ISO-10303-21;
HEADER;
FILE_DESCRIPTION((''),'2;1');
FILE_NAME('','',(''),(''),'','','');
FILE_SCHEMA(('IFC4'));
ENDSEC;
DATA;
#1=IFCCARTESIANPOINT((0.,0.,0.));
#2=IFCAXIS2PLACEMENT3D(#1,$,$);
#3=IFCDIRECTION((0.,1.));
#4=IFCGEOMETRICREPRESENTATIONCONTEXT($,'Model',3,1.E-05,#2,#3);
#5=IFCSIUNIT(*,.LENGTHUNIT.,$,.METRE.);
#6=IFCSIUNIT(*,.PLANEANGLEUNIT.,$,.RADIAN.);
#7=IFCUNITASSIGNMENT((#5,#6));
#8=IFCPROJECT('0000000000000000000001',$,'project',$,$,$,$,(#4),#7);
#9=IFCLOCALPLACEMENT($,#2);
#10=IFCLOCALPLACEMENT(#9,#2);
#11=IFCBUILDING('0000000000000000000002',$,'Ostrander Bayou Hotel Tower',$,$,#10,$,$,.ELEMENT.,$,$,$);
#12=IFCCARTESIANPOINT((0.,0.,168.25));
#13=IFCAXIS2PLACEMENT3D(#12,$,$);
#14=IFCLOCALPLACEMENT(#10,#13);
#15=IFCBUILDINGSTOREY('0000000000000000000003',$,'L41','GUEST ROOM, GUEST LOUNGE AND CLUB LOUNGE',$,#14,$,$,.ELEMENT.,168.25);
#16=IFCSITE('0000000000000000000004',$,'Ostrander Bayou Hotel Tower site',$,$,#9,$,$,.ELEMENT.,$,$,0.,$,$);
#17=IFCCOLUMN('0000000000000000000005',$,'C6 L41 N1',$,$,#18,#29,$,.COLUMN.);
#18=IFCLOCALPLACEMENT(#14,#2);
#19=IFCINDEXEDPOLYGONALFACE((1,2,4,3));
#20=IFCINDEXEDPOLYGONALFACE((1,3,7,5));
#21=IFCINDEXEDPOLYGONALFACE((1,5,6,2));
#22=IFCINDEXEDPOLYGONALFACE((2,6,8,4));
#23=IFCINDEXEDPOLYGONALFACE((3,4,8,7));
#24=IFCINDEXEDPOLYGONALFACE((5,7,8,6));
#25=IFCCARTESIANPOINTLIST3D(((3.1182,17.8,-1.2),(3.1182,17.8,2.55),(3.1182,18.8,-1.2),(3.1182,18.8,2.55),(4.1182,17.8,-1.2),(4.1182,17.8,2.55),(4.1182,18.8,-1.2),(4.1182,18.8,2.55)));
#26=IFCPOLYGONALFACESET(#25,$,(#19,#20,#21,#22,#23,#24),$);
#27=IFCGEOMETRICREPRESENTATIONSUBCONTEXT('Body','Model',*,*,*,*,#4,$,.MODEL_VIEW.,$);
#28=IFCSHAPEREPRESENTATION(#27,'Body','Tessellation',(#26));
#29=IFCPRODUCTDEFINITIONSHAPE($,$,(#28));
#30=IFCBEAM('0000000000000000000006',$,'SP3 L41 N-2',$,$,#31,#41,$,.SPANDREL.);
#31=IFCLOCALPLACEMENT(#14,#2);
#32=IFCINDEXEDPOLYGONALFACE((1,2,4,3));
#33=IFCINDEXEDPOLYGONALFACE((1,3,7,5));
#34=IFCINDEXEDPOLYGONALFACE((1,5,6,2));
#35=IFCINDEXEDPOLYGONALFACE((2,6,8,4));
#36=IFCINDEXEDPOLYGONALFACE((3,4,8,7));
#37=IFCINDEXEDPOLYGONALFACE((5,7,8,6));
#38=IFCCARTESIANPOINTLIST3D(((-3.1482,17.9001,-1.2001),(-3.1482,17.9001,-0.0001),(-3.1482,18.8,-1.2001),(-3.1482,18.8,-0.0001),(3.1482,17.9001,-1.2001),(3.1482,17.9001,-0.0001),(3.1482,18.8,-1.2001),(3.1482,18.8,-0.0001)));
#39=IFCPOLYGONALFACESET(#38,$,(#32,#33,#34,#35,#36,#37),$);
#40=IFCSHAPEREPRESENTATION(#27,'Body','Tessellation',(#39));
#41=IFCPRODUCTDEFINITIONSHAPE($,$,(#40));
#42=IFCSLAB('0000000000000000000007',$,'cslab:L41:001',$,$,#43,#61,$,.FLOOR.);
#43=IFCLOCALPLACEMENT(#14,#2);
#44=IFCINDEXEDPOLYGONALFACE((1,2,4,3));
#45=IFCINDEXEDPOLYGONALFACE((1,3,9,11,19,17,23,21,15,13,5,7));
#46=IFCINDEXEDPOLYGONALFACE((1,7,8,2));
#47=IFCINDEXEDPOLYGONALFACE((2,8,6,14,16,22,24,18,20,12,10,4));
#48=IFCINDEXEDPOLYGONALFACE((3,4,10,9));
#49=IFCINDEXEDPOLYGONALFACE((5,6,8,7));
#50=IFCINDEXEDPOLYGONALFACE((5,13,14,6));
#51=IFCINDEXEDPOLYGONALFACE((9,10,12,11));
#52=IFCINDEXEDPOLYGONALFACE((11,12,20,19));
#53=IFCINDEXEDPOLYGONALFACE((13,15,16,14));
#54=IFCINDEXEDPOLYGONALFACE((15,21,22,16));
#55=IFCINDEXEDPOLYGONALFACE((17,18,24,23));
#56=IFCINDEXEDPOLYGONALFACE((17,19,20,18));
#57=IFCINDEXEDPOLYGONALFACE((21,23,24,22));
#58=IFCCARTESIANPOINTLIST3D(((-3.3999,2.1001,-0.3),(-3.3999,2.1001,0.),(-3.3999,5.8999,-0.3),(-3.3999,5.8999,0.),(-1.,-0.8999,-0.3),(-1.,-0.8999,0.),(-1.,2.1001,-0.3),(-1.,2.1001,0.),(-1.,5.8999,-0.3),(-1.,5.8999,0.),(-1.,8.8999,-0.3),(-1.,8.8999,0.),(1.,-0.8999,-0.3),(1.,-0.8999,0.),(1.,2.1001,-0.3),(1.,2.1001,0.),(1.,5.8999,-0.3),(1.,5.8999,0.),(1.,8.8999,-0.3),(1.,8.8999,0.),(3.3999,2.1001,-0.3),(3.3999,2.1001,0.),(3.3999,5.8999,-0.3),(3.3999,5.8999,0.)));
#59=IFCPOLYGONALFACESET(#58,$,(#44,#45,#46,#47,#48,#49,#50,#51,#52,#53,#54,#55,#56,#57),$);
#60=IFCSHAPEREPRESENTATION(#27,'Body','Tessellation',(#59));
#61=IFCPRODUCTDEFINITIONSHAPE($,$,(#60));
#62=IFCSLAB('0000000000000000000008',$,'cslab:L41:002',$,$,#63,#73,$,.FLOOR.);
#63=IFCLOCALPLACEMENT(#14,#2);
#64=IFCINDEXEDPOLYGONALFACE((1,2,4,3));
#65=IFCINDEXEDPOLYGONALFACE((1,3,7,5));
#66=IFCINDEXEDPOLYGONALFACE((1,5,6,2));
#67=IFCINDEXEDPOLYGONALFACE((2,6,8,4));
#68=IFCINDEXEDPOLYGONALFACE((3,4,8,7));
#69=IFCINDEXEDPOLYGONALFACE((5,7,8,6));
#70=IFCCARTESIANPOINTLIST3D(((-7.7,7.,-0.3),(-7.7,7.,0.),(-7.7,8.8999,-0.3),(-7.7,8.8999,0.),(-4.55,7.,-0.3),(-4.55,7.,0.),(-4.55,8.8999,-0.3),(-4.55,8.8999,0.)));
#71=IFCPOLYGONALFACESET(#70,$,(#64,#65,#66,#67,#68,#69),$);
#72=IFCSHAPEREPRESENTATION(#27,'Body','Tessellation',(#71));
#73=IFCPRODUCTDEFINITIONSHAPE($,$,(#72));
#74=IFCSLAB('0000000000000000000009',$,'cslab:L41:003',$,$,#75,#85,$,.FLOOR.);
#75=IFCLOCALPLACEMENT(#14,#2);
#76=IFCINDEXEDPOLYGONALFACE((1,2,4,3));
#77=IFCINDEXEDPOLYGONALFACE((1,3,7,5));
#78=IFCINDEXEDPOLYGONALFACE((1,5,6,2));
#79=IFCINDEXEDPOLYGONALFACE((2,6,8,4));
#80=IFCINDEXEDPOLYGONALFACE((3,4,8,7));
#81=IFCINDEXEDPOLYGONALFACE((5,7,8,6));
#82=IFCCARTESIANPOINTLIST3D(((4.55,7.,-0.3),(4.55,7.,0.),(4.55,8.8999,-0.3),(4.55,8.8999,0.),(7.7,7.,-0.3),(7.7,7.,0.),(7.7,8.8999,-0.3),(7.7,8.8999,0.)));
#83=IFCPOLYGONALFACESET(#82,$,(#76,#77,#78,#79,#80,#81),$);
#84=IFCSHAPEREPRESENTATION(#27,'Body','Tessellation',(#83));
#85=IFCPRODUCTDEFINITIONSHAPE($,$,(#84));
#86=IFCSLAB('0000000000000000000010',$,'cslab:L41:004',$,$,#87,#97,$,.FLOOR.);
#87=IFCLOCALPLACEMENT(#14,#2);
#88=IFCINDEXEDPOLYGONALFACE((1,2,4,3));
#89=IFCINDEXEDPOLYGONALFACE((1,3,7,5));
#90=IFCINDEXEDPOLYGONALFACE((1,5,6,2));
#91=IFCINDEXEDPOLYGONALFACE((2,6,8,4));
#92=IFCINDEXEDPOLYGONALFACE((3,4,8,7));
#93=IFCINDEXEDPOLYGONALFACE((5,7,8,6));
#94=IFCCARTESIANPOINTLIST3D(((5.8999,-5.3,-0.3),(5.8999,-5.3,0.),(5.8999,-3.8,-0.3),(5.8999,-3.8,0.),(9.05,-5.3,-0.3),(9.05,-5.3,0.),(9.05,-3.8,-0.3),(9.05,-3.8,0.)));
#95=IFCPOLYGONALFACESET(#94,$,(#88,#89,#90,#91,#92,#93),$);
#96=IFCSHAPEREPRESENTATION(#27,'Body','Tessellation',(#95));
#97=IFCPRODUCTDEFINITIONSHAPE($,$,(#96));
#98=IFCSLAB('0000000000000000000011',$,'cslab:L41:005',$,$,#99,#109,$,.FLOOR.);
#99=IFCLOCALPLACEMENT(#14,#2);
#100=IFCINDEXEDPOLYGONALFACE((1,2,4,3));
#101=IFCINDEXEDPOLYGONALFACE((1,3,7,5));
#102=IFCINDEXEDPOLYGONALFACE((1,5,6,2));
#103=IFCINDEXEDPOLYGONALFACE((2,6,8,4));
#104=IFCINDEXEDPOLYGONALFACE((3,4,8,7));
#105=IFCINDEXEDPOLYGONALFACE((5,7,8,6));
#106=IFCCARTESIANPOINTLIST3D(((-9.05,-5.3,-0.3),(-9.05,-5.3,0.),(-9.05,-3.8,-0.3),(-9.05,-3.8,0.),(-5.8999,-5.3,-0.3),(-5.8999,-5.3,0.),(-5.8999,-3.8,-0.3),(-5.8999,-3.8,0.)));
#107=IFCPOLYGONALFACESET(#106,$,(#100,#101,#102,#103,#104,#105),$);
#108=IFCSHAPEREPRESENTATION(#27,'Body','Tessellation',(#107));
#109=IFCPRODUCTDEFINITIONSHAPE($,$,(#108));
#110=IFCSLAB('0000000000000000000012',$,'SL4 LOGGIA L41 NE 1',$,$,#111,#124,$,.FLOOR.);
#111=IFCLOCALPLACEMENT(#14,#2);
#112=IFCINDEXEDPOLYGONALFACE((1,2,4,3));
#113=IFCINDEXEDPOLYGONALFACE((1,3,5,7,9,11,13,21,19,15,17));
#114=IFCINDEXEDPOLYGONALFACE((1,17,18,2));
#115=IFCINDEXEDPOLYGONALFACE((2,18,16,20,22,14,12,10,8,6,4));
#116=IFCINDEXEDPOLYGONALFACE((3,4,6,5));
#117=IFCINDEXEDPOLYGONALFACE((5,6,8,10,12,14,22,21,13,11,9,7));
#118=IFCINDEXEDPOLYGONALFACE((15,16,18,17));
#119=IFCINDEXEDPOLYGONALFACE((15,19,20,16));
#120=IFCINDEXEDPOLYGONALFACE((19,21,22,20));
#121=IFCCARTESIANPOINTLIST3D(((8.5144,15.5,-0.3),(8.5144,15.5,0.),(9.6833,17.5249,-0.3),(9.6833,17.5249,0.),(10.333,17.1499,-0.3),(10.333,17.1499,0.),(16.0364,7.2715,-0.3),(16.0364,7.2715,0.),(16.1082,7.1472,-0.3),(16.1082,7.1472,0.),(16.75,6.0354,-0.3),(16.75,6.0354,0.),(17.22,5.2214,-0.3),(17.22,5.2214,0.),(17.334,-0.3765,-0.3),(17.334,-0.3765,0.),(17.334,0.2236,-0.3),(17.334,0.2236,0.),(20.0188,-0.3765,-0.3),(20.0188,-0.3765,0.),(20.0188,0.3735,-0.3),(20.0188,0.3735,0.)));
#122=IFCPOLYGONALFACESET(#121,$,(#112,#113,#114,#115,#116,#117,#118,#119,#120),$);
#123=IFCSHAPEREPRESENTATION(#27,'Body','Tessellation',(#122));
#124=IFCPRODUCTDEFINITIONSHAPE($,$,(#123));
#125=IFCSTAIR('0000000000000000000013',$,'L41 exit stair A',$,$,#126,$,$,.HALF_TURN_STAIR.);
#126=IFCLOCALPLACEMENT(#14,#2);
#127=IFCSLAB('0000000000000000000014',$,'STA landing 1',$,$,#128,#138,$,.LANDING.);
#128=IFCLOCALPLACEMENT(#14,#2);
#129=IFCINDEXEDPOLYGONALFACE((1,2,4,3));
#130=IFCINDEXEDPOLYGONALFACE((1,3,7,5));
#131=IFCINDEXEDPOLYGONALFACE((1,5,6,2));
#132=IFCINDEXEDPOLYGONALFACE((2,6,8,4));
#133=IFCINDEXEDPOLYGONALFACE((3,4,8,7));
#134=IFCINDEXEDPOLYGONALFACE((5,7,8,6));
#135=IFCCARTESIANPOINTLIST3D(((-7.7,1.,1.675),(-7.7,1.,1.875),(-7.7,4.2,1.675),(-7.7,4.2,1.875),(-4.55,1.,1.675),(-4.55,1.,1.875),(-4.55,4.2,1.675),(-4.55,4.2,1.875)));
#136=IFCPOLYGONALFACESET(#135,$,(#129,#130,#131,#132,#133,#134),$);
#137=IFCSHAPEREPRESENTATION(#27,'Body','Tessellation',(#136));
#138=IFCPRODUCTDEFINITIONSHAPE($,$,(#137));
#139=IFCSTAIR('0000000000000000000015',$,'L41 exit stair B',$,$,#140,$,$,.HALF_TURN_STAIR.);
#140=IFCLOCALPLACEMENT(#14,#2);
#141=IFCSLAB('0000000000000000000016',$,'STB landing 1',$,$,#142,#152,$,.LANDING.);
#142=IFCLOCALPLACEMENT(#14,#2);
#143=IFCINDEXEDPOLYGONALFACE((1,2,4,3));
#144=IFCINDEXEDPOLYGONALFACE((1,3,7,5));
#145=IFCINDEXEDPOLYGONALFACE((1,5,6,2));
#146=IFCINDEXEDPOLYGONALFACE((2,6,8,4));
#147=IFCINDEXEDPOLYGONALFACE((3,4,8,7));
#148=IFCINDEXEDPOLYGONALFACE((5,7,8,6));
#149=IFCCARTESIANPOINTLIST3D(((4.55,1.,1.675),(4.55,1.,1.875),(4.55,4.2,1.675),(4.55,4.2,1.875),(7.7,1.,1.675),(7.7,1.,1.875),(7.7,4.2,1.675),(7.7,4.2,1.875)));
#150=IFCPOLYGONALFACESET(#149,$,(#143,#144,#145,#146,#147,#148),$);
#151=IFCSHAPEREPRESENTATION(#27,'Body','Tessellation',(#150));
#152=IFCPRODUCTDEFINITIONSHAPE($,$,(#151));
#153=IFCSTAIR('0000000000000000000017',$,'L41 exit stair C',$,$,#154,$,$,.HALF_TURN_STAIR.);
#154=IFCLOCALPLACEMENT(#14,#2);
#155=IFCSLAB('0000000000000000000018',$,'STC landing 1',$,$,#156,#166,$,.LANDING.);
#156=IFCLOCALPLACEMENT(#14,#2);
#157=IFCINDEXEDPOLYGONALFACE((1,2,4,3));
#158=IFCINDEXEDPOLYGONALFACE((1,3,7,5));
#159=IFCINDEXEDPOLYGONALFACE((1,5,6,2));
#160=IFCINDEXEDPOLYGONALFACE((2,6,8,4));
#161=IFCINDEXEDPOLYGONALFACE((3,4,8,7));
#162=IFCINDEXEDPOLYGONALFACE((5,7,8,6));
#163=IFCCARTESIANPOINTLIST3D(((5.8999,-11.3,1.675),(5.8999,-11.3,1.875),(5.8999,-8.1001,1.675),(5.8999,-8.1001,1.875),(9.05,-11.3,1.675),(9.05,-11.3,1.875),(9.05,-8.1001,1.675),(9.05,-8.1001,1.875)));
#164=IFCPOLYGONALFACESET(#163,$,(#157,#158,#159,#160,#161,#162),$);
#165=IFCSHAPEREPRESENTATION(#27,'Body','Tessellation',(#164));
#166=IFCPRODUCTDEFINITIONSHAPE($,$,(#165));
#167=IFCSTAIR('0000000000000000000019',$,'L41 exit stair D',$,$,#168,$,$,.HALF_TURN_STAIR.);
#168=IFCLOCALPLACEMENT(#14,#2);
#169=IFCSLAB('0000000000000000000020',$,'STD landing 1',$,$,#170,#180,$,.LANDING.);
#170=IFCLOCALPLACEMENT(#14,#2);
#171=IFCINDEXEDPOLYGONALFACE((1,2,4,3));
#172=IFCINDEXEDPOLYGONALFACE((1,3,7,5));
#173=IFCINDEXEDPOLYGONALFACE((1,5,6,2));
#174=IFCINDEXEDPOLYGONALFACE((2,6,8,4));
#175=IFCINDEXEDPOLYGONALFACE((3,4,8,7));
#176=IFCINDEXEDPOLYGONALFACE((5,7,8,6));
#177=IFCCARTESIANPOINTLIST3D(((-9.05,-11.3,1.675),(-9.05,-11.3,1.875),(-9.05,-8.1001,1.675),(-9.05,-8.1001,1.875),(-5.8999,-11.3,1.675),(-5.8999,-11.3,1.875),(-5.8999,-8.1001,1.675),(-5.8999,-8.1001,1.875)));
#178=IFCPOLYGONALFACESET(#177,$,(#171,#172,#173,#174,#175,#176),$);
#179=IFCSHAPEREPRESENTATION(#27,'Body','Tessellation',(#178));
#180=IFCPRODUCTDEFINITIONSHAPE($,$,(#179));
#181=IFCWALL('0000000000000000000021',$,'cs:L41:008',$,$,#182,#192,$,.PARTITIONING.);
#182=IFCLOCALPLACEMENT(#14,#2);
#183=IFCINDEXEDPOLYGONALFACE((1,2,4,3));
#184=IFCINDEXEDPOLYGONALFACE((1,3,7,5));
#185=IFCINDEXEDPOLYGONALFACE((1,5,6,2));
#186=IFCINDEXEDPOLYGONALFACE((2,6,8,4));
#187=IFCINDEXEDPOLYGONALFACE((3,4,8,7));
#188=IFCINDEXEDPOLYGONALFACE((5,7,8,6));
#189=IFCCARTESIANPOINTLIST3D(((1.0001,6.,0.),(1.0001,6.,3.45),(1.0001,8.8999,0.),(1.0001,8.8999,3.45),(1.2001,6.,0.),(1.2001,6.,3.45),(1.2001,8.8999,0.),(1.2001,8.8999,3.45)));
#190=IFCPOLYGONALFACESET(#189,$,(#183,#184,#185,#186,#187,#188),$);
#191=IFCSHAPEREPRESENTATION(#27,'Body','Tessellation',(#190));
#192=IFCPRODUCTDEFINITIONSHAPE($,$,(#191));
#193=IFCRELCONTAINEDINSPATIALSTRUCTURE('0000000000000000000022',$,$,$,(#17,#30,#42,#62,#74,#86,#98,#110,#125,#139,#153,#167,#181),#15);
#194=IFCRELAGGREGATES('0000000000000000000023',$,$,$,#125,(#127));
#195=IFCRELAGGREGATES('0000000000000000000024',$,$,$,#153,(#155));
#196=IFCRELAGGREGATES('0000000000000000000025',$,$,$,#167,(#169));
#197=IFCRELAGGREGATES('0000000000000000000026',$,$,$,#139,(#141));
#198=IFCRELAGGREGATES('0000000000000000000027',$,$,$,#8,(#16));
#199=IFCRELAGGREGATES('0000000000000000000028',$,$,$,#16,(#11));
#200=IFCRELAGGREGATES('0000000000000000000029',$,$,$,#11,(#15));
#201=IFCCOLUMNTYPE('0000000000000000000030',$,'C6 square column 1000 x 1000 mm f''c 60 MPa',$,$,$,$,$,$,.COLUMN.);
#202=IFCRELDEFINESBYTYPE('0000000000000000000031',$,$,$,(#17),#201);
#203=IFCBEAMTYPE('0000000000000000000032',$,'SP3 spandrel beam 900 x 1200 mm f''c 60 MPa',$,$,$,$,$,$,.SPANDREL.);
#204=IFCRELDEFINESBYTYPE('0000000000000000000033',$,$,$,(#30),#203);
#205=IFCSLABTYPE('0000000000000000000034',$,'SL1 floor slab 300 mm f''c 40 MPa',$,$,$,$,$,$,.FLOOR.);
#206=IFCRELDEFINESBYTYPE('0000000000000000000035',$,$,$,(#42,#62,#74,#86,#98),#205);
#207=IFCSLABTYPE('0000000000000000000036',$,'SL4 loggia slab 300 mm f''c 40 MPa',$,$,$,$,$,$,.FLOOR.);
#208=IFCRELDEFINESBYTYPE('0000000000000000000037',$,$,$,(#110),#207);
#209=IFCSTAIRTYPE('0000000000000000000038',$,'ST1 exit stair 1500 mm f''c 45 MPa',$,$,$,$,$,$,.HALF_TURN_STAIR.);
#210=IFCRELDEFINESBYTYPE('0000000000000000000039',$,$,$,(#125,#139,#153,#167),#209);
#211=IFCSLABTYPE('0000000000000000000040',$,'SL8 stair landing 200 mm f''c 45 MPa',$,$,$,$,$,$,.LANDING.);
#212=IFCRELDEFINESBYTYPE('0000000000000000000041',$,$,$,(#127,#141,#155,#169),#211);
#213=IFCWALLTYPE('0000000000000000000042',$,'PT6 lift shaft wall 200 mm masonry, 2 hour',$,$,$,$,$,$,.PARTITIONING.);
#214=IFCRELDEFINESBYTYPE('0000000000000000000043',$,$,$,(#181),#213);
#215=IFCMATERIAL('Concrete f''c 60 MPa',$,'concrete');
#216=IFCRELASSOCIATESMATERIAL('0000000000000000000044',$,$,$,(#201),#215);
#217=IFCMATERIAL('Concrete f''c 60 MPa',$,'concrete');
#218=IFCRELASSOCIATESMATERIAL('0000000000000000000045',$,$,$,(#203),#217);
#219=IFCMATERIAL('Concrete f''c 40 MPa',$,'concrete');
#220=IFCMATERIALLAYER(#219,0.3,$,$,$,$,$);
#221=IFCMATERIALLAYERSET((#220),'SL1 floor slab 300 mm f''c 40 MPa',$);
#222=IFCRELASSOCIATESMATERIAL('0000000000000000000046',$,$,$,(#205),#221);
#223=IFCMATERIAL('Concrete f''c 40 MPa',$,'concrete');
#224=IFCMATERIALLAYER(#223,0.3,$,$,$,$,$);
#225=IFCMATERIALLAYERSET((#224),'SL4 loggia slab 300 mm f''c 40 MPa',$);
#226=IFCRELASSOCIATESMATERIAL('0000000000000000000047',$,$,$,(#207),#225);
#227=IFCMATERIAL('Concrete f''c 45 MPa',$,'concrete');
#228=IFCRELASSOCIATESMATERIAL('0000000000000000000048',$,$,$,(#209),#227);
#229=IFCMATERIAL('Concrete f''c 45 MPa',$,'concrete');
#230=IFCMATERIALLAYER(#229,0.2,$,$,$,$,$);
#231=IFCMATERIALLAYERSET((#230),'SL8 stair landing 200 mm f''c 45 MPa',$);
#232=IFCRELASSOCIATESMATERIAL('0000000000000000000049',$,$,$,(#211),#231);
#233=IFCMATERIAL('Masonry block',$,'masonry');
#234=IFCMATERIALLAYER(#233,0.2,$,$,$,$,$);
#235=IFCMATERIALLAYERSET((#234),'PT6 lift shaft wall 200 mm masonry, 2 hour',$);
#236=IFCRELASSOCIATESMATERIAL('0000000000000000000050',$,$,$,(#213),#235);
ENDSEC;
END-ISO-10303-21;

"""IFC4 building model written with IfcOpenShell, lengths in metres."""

from ifc_helpers import new_model, si_unit, direction, frame, frame_2d, origin, origin_2d, place, context, subcontext, project, spatial, polyline, rectangle, outline, extrude, material, layer, layer_set, material_profile, profile_set, type_object, element, aggregate, save


model = new_model("IFC4")

# Units and contexts
model_context = context("Model", 3, precision=1e-05, world=origin(), true_north=direction((0.0, 1.0)))
body_context = subcontext(model_context, "Body", "Model", "MODEL_VIEW")
ifc_project = project(units=[si_unit("LENGTHUNIT", "METRE"), si_unit("PLANEANGLEUNIT", "RADIAN")], contexts=[model_context])

# Site, building, storey
site_placement = place(None, origin())
site = spatial("IfcSite", under=ifc_project, at=site_placement, Name="Ostrander Bayou Hotel Tower site", CompositionType="ELEMENT", RefElevation=0.0)
building_placement = place(site_placement, origin())
building = spatial("IfcBuilding", under=site, at=building_placement, Name="Ostrander Bayou Hotel Tower", CompositionType="ELEMENT")
storey_placement = place(building_placement, frame((0.0, 0.0, 168.25)))
storey = spatial("IfcBuildingStorey", under=building, at=storey_placement, Name="L41", Description="GUEST ROOM, GUEST LOUNGE AND CLUB LOUNGE", CompositionType="ELEMENT", Elevation=168.25)

# Column
ifc_material_1 = material(Name="Concrete f'c 60 MPa", Category="concrete")
ifc_material_profile_1 = material_profile(ifc_material_1, rectangle(XDim=1.0, YDim=1.0, at=origin_2d()))
ifc_profile_set_1 = profile_set([ifc_material_profile_1], Name="Concrete f'c 60 MPa")
column_type = type_object("IfcColumnType", Name="C6 square column 1000 x 1000 mm f'c 60 MPa", PredefinedType="COLUMN", material=ifc_profile_set_1)
column_placement = place(storey_placement, frame((3.6182, 18.3, -1.2), z_axis=(0.0, 0.0, 1.0), x_axis=(1.0, 0.0, 0.0)))
element("IfcColumn", 1, at=column_placement, inside=storey, type_object=column_type, Name="C6 L41 N1", PredefinedType="COLUMN", context=body_context, shape_type="SweptSolid", body=[
    extrude(rectangle(XDim=1.0, YDim=1.0, at=origin_2d()), origin(), (0.0, 0.0, 1.0), 3.75),
])

# Beam
ifc_material_2 = material(Name="Concrete f'c 60 MPa", Category="concrete")
ifc_material_profile_2 = material_profile(ifc_material_2, rectangle(XDim=0.8999, YDim=1.2, at=origin_2d()))
ifc_profile_set_2 = profile_set([ifc_material_profile_2], Name="Concrete f'c 60 MPa")
beam_type = type_object("IfcBeamType", Name="SP3 spandrel beam 900 x 1200 mm f'c 60 MPa", PredefinedType="SPANDREL", material=ifc_profile_set_2)
beam_placement = place(storey_placement, frame((3.1482, 18.3501, -0.6001), z_axis=(-1.0, 0.0, 0.0), x_axis=(0.0, -1.0, 0.0)))
element("IfcBeam", 2, at=beam_placement, inside=storey, type_object=beam_type, Name="SP3 L41 N-2", PredefinedType="SPANDREL", context=body_context, shape_type="SweptSolid", body=[
    extrude(rectangle(XDim=0.8999, YDim=1.2, at=origin_2d()), origin(), (0.0, 0.0, 1.0), 6.2964),
])

# Slabs
ifc_material_3 = material(Name="Concrete f'c 40 MPa", Category="concrete")
ifc_layer_1 = layer(ifc_material_3, 0.3)
ifc_layer_set_1 = layer_set([ifc_layer_1], Name="SL1 floor slab 300 mm f'c 40 MPa")
slab_type_1 = type_object("IfcSlabType", Name="SL1 floor slab 300 mm f'c 40 MPa", PredefinedType="FLOOR", material=ifc_layer_set_1)
slab_1_placement = place(storey_placement, frame((0.0, 0.0, -0.3)))
element("IfcSlab", 3, at=slab_1_placement, inside=storey, type_object=slab_type_1, Name="cslab:L41:001", PredefinedType="FLOOR", context=body_context, shape_type="SweptSolid", body=[
    extrude(outline(polyline([(-3.3999, 5.8999), (-1.0, 5.8999), (-1.0, 8.8999), (1.0, 8.8999), (1.0, 5.8999), (3.3999, 5.8999), (3.3999, 2.1001), (1.0, 2.1001), (1.0, -0.8999), (-1.0, -0.8999), (-1.0, 2.1001), (-3.3999, 2.1001), (-3.3999, 5.8999)])), origin(), (0.0, 0.0, 1.0), 0.3),
])
slab_2_placement = place(storey_placement, frame((0.0, 0.0, -0.3)))
element("IfcSlab", 4, at=slab_2_placement, inside=storey, type_object=slab_type_1, Name="cslab:L41:002", PredefinedType="FLOOR", context=body_context, shape_type="SweptSolid", body=[
    extrude(outline(polyline([(-4.55, 7.0), (-4.55, 8.8999), (-7.7, 8.8999), (-7.7, 7.0), (-4.55, 7.0)])), origin(), (0.0, 0.0, 1.0), 0.3),
])
slab_3_placement = place(storey_placement, frame((0.0, 0.0, -0.3)))
element("IfcSlab", 5, at=slab_3_placement, inside=storey, type_object=slab_type_1, Name="cslab:L41:003", PredefinedType="FLOOR", context=body_context, shape_type="SweptSolid", body=[
    extrude(outline(polyline([(7.7, 7.0), (7.7, 8.8999), (4.55, 8.8999), (4.55, 7.0), (7.7, 7.0)])), origin(), (0.0, 0.0, 1.0), 0.3),
])
slab_4_placement = place(storey_placement, frame((0.0, 0.0, -0.3)))
element("IfcSlab", 6, at=slab_4_placement, inside=storey, type_object=slab_type_1, Name="cslab:L41:004", PredefinedType="FLOOR", context=body_context, shape_type="SweptSolid", body=[
    extrude(outline(polyline([(9.05, -5.3), (9.05, -3.8), (5.8999, -3.8), (5.8999, -5.3), (9.05, -5.3)])), origin(), (0.0, 0.0, 1.0), 0.3),
])
slab_5_placement = place(storey_placement, frame((0.0, 0.0, -0.3)))
element("IfcSlab", 7, at=slab_5_placement, inside=storey, type_object=slab_type_1, Name="cslab:L41:005", PredefinedType="FLOOR", context=body_context, shape_type="SweptSolid", body=[
    extrude(outline(polyline([(-5.8999, -5.3), (-5.8999, -3.8), (-9.05, -3.8), (-9.05, -5.3), (-5.8999, -5.3)])), origin(), (0.0, 0.0, 1.0), 0.3),
])
ifc_material_4 = material(Name="Concrete f'c 40 MPa", Category="concrete")
ifc_layer_2 = layer(ifc_material_4, 0.3)
ifc_layer_set_2 = layer_set([ifc_layer_2], Name="SL4 loggia slab 300 mm f'c 40 MPa")
slab_type_2 = type_object("IfcSlabType", Name="SL4 loggia slab 300 mm f'c 40 MPa", PredefinedType="FLOOR", material=ifc_layer_set_2)
slab_6_placement = place(storey_placement, frame((0.0, 0.0, -0.3)))
element("IfcSlab", 8, at=slab_6_placement, inside=storey, type_object=slab_type_2, Name="SL4 LOGGIA L41 NE 1", PredefinedType="FLOOR", context=body_context, shape_type="SweptSolid", body=[
    extrude(outline(polyline([(9.6833, 17.5249), (10.333, 17.1499), (16.0364, 7.2715), (16.1082, 7.1472), (16.75, 6.0354), (17.22, 5.2214), (20.0188, 0.3735), (20.0188, -0.3765), (17.334, -0.3765), (17.334, 0.2236), (8.5144, 15.5), (9.6833, 17.5249)])), origin(), (0.0, 0.0, 1.0), 0.3),
])

# Stairs, slabs
ifc_material_5 = material(Name="Concrete f'c 45 MPa", Category="concrete")
stair_type = type_object("IfcStairType", Name="ST1 exit stair 1500 mm f'c 45 MPa", PredefinedType="HALF_TURN_STAIR", material=ifc_material_5)
stair_1_placement = place(storey_placement, origin())
stair_1 = element("IfcStair", 9, at=stair_1_placement, inside=storey, type_object=stair_type, Name="L41 exit stair A", PredefinedType="HALF_TURN_STAIR")
ifc_material_6 = material(Name="Concrete f'c 45 MPa", Category="concrete")
ifc_layer_3 = layer(ifc_material_6, 0.2)
ifc_layer_set_3 = layer_set([ifc_layer_3], Name="SL8 stair landing 200 mm f'c 45 MPa")
slab_type_3 = type_object("IfcSlabType", Name="SL8 stair landing 200 mm f'c 45 MPa", PredefinedType="LANDING", material=ifc_layer_set_3)
slab_7_placement = place(storey_placement, frame((0.0, 0.0, 1.675)))
slab_7 = element("IfcSlab", 10, at=slab_7_placement, type_object=slab_type_3, Name="STA landing 1", PredefinedType="LANDING", context=body_context, shape_type="SweptSolid", body=[
    extrude(outline(polyline([(-7.7, 4.2), (-7.7, 1.0), (-4.55, 1.0), (-4.55, 4.2), (-7.7, 4.2)])), origin(), (0.0, 0.0, 1.0), 0.2),
])
aggregate(stair_1, [slab_7])
stair_2_placement = place(storey_placement, origin())
stair_2 = element("IfcStair", 11, at=stair_2_placement, inside=storey, type_object=stair_type, Name="L41 exit stair B", PredefinedType="HALF_TURN_STAIR")
slab_8_placement = place(storey_placement, frame((0.0, 0.0, 1.675)))
slab_8 = element("IfcSlab", 12, at=slab_8_placement, type_object=slab_type_3, Name="STB landing 1", PredefinedType="LANDING", context=body_context, shape_type="SweptSolid", body=[
    extrude(outline(polyline([(4.55, 4.2), (4.55, 1.0), (7.7, 1.0), (7.7, 4.2), (4.55, 4.2)])), origin(), (0.0, 0.0, 1.0), 0.2),
])
stair_3_placement = place(storey_placement, origin())
stair_3 = element("IfcStair", 13, at=stair_3_placement, inside=storey, type_object=stair_type, Name="L41 exit stair C", PredefinedType="HALF_TURN_STAIR")
slab_9_placement = place(storey_placement, frame((0.0, 0.0, 1.675)))
slab_9 = element("IfcSlab", 14, at=slab_9_placement, type_object=slab_type_3, Name="STC landing 1", PredefinedType="LANDING", context=body_context, shape_type="SweptSolid", body=[
    extrude(outline(polyline([(5.8999, -8.1001), (5.8999, -11.3), (9.05, -11.3), (9.05, -8.1001), (5.8999, -8.1001)])), origin(), (0.0, 0.0, 1.0), 0.2),
])
aggregate(stair_3, [slab_9])
stair_4_placement = place(storey_placement, origin())
stair_4 = element("IfcStair", 15, at=stair_4_placement, inside=storey, type_object=stair_type, Name="L41 exit stair D", PredefinedType="HALF_TURN_STAIR")
slab_10_placement = place(storey_placement, frame((0.0, 0.0, 1.675)))
slab_10 = element("IfcSlab", 16, at=slab_10_placement, type_object=slab_type_3, Name="STD landing 1", PredefinedType="LANDING", context=body_context, shape_type="SweptSolid", body=[
    extrude(outline(polyline([(-9.05, -8.1001), (-9.05, -11.3), (-5.8999, -11.3), (-5.8999, -8.1001), (-9.05, -8.1001)])), origin(), (0.0, 0.0, 1.0), 0.2),
])
aggregate(stair_4, [slab_10])

# Shared definitions
ifc_material_7 = material(Name="Masonry block", Category="masonry")
ifc_layer_4 = layer(ifc_material_7, 0.2)
ifc_layer_set_4 = layer_set([ifc_layer_4], Name="PT6 lift shaft wall 200 mm masonry, 2 hour")
wall_type_1 = type_object("IfcWallType", Name="PT6 lift shaft wall 200 mm masonry, 2 hour", PredefinedType="PARTITIONING", material=ifc_layer_set_4)

# Wall
wall_1_placement = place(storey_placement, frame((1.1001, 6.0, 0.0), z_axis=(0.0, 0.0, 1.0), x_axis=(0.0, 1.0, 0.0)))
element("IfcWall", 17, at=wall_1_placement, inside=storey, type_object=wall_type_1, Name="cs:L41:008", PredefinedType="PARTITIONING", context=body_context, shape_type="SweptSolid", body=[
    extrude(rectangle(XDim=2.8999, YDim=0.2, at=frame_2d((1.45, 0.0))), origin(), (0.0, 0.0, 1.0), 3.45),
])

aggregate(stair_2, [slab_8])

save(model, "model.ifc")
